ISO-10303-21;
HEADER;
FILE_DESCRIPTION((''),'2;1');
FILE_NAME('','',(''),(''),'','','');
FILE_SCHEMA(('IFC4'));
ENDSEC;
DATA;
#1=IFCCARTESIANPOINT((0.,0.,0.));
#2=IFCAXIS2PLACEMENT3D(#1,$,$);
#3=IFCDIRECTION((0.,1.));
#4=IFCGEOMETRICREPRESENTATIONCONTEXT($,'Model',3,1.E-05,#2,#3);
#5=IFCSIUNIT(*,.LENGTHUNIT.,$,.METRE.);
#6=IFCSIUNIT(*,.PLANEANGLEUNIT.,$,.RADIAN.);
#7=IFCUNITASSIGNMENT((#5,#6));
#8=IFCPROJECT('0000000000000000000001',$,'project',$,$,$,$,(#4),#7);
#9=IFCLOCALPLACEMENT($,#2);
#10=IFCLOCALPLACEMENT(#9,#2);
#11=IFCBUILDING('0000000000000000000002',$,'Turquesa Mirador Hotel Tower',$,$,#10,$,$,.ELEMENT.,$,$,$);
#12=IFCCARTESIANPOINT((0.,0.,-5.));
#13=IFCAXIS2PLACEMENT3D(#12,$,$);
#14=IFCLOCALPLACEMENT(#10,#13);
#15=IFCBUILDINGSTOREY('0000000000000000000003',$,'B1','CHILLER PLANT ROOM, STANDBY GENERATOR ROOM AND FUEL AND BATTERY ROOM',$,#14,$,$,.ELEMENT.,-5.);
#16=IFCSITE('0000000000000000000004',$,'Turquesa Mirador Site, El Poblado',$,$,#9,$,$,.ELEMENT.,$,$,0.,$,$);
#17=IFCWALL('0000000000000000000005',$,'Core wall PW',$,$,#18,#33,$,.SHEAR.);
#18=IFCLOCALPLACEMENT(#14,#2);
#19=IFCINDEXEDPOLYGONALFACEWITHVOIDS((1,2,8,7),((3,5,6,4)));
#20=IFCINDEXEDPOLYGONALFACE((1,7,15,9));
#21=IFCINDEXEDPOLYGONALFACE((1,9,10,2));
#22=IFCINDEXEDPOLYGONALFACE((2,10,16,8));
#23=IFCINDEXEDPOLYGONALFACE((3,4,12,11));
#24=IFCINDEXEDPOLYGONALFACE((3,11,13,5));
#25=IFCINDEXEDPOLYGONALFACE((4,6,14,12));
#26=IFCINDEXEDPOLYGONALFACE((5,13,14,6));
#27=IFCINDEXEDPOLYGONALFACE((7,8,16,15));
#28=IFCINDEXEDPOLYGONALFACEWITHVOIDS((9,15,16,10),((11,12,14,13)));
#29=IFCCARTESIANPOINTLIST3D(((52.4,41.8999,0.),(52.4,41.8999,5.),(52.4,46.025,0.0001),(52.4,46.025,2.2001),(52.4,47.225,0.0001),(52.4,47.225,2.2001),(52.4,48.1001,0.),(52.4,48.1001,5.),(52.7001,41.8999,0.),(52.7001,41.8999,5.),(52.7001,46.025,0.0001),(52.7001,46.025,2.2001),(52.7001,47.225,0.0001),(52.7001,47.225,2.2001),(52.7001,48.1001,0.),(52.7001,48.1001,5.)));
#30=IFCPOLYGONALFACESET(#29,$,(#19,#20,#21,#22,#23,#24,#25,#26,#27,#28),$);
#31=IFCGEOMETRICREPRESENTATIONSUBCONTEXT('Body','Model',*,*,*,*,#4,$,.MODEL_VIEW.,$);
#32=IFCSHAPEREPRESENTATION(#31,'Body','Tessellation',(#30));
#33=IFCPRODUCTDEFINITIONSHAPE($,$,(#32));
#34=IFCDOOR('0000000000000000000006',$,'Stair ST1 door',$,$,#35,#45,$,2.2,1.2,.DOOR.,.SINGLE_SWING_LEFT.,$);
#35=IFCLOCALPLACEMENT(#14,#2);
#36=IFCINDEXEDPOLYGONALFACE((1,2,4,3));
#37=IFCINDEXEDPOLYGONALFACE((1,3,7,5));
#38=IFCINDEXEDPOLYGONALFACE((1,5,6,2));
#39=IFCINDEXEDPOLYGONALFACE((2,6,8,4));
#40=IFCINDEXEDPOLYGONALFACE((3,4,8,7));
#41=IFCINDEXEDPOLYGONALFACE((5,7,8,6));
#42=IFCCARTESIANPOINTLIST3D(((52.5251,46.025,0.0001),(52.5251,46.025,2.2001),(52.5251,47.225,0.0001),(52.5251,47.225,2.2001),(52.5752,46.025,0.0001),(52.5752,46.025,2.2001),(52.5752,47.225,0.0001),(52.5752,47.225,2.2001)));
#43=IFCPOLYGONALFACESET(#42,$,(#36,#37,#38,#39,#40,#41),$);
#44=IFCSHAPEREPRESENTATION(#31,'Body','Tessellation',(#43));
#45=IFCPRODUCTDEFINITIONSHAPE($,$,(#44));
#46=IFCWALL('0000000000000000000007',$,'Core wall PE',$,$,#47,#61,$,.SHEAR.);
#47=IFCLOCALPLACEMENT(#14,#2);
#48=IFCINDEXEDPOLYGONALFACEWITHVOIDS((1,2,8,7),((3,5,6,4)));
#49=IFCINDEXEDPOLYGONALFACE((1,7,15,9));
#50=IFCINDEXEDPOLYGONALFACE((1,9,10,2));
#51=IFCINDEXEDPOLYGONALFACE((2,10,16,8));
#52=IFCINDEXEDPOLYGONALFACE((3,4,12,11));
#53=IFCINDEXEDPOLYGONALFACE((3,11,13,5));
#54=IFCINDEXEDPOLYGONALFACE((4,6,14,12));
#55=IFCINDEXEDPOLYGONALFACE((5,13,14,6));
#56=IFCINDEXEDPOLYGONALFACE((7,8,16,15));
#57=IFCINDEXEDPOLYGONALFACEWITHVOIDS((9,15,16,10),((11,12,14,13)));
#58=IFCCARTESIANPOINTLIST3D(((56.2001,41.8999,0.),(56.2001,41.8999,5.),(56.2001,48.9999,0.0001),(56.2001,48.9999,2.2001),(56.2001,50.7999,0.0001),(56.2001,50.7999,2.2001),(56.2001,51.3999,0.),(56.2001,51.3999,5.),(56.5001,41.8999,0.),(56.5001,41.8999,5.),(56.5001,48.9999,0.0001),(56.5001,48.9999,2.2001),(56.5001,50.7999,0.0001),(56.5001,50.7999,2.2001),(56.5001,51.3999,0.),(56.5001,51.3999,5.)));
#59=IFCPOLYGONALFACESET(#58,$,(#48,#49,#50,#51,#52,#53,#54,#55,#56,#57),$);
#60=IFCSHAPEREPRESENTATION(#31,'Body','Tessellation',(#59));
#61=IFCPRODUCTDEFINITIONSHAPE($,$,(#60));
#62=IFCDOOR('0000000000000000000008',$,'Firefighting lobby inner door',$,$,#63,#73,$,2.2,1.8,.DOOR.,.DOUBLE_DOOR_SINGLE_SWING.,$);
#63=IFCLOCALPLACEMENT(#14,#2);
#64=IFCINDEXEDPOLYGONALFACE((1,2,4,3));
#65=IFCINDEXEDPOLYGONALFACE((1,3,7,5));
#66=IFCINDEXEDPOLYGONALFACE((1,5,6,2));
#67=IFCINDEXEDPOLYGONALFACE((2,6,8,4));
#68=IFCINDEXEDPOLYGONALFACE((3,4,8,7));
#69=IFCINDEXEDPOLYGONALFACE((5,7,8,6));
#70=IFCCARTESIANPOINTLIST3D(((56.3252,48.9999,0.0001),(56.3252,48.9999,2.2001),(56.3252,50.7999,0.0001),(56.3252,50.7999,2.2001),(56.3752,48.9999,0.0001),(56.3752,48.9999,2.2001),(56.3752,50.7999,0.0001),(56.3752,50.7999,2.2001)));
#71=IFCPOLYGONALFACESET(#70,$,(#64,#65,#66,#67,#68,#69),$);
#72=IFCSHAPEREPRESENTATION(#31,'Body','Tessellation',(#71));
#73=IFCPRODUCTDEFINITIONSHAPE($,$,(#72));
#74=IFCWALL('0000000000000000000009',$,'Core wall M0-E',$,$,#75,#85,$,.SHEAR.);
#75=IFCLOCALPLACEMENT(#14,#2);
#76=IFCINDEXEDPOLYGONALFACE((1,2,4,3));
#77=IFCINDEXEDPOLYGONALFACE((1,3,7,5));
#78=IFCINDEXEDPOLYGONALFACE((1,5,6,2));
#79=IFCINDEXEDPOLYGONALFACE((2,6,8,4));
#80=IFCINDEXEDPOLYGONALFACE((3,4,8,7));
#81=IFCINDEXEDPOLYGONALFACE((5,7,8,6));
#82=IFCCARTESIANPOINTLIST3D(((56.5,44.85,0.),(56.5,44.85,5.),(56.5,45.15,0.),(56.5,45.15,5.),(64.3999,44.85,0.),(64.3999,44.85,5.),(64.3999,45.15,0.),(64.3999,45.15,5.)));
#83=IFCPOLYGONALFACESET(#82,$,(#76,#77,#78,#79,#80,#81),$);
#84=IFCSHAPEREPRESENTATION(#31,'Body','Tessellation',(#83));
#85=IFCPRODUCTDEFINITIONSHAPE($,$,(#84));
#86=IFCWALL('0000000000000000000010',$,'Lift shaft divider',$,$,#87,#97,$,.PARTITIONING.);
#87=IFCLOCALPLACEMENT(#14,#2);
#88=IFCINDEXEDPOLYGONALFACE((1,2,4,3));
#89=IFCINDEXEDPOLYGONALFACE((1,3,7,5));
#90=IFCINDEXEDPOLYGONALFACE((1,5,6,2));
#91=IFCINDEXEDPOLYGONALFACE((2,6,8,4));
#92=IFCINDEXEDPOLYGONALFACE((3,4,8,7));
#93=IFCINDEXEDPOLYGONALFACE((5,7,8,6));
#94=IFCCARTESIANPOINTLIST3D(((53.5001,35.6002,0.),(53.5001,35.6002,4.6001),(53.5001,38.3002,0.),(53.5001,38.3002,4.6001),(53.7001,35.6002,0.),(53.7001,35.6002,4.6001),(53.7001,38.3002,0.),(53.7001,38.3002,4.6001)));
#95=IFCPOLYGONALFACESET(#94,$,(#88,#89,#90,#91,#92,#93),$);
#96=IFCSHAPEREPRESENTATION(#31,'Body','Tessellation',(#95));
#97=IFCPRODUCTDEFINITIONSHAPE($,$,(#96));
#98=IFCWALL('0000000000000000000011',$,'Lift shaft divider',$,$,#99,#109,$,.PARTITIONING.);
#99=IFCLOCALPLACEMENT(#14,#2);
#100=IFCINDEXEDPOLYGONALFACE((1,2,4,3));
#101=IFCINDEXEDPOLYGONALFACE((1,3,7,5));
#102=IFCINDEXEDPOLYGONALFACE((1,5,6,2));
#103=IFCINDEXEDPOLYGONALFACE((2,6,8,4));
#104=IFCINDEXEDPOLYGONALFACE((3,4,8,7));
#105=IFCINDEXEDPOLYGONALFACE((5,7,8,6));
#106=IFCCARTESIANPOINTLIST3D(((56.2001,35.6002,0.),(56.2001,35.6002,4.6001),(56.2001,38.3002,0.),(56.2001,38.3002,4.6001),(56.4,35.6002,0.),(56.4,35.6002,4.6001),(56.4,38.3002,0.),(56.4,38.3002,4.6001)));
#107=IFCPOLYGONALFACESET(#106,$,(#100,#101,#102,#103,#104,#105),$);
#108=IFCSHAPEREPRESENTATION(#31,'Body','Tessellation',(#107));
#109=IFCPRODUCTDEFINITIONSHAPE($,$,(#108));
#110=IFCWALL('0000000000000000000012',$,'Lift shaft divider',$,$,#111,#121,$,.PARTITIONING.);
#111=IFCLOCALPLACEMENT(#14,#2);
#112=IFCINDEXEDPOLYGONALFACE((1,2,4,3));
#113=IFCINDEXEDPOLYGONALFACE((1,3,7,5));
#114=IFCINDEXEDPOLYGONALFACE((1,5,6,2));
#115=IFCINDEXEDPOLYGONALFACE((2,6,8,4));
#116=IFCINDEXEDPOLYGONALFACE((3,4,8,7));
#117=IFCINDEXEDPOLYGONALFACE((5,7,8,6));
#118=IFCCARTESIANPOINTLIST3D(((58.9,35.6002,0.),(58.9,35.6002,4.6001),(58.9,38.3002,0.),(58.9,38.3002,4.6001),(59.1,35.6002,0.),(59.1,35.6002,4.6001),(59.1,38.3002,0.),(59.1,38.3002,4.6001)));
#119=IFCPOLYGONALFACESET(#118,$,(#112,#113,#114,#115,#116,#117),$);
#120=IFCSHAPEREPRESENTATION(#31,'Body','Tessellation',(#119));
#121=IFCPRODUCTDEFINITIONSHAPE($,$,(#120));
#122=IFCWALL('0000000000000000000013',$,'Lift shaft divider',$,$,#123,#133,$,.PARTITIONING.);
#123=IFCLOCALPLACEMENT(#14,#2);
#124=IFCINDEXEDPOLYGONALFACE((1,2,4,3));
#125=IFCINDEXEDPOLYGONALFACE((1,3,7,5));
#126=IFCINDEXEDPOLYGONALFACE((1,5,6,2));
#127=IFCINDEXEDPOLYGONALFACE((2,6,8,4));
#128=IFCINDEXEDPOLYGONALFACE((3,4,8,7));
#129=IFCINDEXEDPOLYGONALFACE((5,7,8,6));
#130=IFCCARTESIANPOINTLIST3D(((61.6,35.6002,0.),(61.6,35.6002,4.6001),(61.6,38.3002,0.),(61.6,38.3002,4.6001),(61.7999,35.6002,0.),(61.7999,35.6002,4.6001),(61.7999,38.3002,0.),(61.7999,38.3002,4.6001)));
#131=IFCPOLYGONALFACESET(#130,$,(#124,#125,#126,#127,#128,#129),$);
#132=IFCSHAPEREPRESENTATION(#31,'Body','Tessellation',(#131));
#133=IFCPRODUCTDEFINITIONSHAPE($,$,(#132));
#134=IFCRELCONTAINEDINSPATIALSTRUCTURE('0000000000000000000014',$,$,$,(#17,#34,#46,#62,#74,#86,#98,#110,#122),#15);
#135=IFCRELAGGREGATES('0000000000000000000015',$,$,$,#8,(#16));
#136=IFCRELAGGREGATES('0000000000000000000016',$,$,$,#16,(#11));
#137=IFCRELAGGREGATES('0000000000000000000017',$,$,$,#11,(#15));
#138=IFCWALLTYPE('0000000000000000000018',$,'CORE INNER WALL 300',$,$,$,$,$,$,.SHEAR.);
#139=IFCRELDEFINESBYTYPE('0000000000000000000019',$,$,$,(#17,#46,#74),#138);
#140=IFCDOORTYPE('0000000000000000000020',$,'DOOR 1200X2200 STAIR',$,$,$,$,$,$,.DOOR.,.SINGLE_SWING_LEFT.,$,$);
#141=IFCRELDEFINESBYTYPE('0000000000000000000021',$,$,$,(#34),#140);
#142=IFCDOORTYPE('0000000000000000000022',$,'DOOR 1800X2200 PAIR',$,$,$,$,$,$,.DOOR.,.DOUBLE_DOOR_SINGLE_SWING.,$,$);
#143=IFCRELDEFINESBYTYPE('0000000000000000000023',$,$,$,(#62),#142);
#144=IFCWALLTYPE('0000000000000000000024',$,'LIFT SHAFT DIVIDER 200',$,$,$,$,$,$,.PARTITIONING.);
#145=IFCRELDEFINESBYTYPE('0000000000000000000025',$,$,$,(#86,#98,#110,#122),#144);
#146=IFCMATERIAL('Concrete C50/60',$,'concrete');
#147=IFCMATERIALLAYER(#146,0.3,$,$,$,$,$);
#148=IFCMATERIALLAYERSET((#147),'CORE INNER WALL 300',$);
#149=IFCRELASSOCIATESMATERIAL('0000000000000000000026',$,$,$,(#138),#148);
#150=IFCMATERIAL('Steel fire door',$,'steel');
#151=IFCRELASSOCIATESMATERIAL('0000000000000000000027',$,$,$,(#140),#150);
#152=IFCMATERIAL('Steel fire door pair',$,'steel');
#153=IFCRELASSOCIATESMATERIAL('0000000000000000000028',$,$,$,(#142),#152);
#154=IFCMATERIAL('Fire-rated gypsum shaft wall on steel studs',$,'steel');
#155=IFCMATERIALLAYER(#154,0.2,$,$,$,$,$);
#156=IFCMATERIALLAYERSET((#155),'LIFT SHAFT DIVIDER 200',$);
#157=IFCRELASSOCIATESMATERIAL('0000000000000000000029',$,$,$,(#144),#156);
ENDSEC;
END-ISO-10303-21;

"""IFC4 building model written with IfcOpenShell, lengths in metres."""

from ifc_helpers import new_model, si_unit, direction, frame, frame_2d, origin, place, context, subcontext, project, spatial, rectangle, extrude, material, layer, layer_set, type_object, element, fill, save


model = new_model("IFC4")

# Units and contexts
model_context = context("Model", 3, precision=1e-05, world=origin(), true_north=direction((0.0, 1.0)))
body_context = subcontext(model_context, "Body", "Model", "MODEL_VIEW")
ifc_project = project(units=[si_unit("LENGTHUNIT", "METRE"), si_unit("PLANEANGLEUNIT", "RADIAN")], contexts=[model_context])

# Site, building, storey
site_placement = place(None, origin())
site = spatial("IfcSite", under=ifc_project, at=site_placement, Name="Turquesa Mirador Site, El Poblado", CompositionType="ELEMENT", RefElevation=0.0)
building_placement = place(site_placement, origin())
building = spatial("IfcBuilding", under=site, at=building_placement, Name="Turquesa Mirador Hotel Tower", CompositionType="ELEMENT")
storey_placement = place(building_placement, frame((0.0, 0.0, -5.0)))
storey = spatial("IfcBuildingStorey", under=building, at=storey_placement, Name="B1", Description="CHILLER PLANT ROOM, STANDBY GENERATOR ROOM AND FUEL AND BATTERY ROOM", CompositionType="ELEMENT", Elevation=-5.0)

# Walls, openings, doors
ifc_material_1 = material(Name="Concrete C50/60", Category="concrete")
ifc_layer_1 = layer(ifc_material_1, 0.3)
ifc_layer_set_1 = layer_set([ifc_layer_1], Name="CORE INNER WALL 300")
wall_type_1 = type_object("IfcWallType", Name="CORE INNER WALL 300", PredefinedType="SHEAR", material=ifc_layer_set_1)
wall_1_placement = place(storey_placement, frame((52.55, 41.8999, 0.0), z_axis=(0.0, 0.0, 1.0), x_axis=(0.0, 1.0, 0.0)))
wall_1 = element("IfcWall", 1, at=wall_1_placement, inside=storey, type_object=wall_type_1, Name="Core wall PW", PredefinedType="SHEAR", context=body_context, shape_type="SweptSolid", body=[
    extrude(rectangle(XDim=6.2002, YDim=0.3, at=frame_2d((3.1001, 0.0))), origin(), (0.0, 0.0, 1.0), 5.0),
])
opening_1_placement = place(wall_1_placement, frame((4.125, 0.0, 0.0)))
opening_1 = element("IfcOpeningElement", 2, at=opening_1_placement, cuts=wall_1, PredefinedType="OPENING", context=body_context, shape_type="SweptSolid", body=[
    extrude(rectangle(XDim=1.2, YDim=2.2, at=frame_2d((0.6001, 1.1001))), frame((0.0, 0.1599, 0.0), z_axis=(0.0, -1.0, 0.0), x_axis=(1.0, 0.0, 0.0)), (0.0, 0.0, 1.0), 0.3201),
])
ifc_material_2 = material(Name="Steel fire door", Category="steel")
door_type_1 = type_object("IfcDoorType", Name="DOOR 1200X2200 STAIR", OperationType="SINGLE_SWING_LEFT", PredefinedType="DOOR", material=ifc_material_2)
door_1_placement = place(opening_1_placement, origin())
door_1 = element("IfcDoor", 3, at=door_1_placement, inside=storey, type_object=door_type_1, Name="Stair ST1 door", OperationType="SINGLE_SWING_LEFT", OverallHeight=2.2, OverallWidth=1.2, PredefinedType="DOOR", context=body_context, shape_type="SweptSolid", body=[
    extrude(rectangle(XDim=1.2, YDim=2.2, at=frame_2d((0.6001, 1.1001))), frame((0.0, 0.0249, 0.0), z_axis=(0.0, -1.0, 0.0), x_axis=(1.0, 0.0, 0.0)), (0.0, 0.0, 1.0), 0.05),
])
fill(opening_1, door_1)
wall_2_placement = place(storey_placement, frame((56.3501, 41.8999, 0.0), z_axis=(0.0, 0.0, 1.0), x_axis=(0.0, 1.0, 0.0)))
wall_2 = element("IfcWall", 4, at=wall_2_placement, inside=storey, type_object=wall_type_1, Name="Core wall PE", PredefinedType="SHEAR", context=body_context, shape_type="SweptSolid", body=[
    extrude(rectangle(XDim=9.5, YDim=0.3, at=frame_2d((4.75, 0.0))), origin(), (0.0, 0.0, 1.0), 5.0),
])
opening_2_placement = place(wall_2_placement, frame((7.1001, 0.0, 0.0)))
opening_2 = element("IfcOpeningElement", 5, at=opening_2_placement, cuts=wall_2, PredefinedType="OPENING", context=body_context, shape_type="SweptSolid", body=[
    extrude(rectangle(XDim=1.8, YDim=2.2, at=frame_2d((0.8999, 1.1001))), frame((0.0, 0.1599, 0.0), z_axis=(0.0, -1.0, 0.0), x_axis=(1.0, 0.0, 0.0)), (0.0, 0.0, 1.0), 0.3201),
])
ifc_material_3 = material(Name="Steel fire door pair", Category="steel")
door_type_2 = type_object("IfcDoorType", Name="DOOR 1800X2200 PAIR", OperationType="DOUBLE_DOOR_SINGLE_SWING", PredefinedType="DOOR", material=ifc_material_3)
door_2_placement = place(opening_2_placement, origin())
door_2 = element("IfcDoor", 6, at=door_2_placement, inside=storey, type_object=door_type_2, Name="Firefighting lobby inner door", OperationType="DOUBLE_DOOR_SINGLE_SWING", OverallHeight=2.2, OverallWidth=1.8, PredefinedType="DOOR", context=body_context, shape_type="SweptSolid", body=[
    extrude(rectangle(XDim=1.8, YDim=2.2, at=frame_2d((0.8999, 1.1001))), frame((0.0, 0.0249, 0.0), z_axis=(0.0, -1.0, 0.0), x_axis=(1.0, 0.0, 0.0)), (0.0, 0.0, 1.0), 0.05),
])
fill(opening_2, door_2)

# Walls
wall_3_placement = place(storey_placement, frame((56.5, 45.0, 0.0), z_axis=(0.0, 0.0, 1.0), x_axis=(1.0, 0.0, 0.0)))
element("IfcWall", 7, at=wall_3_placement, inside=storey, type_object=wall_type_1, Name="Core wall M0-E", PredefinedType="SHEAR", context=body_context, shape_type="SweptSolid", body=[
    extrude(rectangle(XDim=7.8999, YDim=0.3, at=frame_2d((3.95, 0.0))), origin(), (0.0, 0.0, 1.0), 5.0),
])
ifc_material_4 = material(Name="Fire-rated gypsum shaft wall on steel studs", Category="steel")
ifc_layer_2 = layer(ifc_material_4, 0.2)
ifc_layer_set_2 = layer_set([ifc_layer_2], Name="LIFT SHAFT DIVIDER 200")
wall_type_2 = type_object("IfcWallType", Name="LIFT SHAFT DIVIDER 200", PredefinedType="PARTITIONING", material=ifc_layer_set_2)
for number, where, z_axis, x_axis, name in (
    (8, (53.6001, 35.6001, 0.0), (0.0, 0.0, 1.0), (0.0, 1.0, 0.0), "Lift shaft divider"),
    (9, (56.3, 35.6001, 0.0), (0.0, 0.0, 1.0), (0.0, 1.0, 0.0), "Lift shaft divider"),
    (10, (59.0, 35.6001, 0.0), (0.0, 0.0, 1.0), (0.0, 1.0, 0.0), "Lift shaft divider"),
    (11, (61.7, 35.6001, 0.0), (0.0, 0.0, 1.0), (0.0, 1.0, 0.0), "Lift shaft divider"),
):
    element("IfcWall", number, at=place(storey_placement, frame(where, z_axis=z_axis, x_axis=x_axis)), inside=storey, type_object=wall_type_2, Name=name, PredefinedType="PARTITIONING", context=body_context, shape_type="SweptSolid", body=[
        extrude(rectangle(XDim=2.7, YDim=0.2, at=frame_2d((1.3501, 0.0))), origin(), (0.0, 0.0, 1.0), 4.6001),
    ])

save(model, "model.ifc")
